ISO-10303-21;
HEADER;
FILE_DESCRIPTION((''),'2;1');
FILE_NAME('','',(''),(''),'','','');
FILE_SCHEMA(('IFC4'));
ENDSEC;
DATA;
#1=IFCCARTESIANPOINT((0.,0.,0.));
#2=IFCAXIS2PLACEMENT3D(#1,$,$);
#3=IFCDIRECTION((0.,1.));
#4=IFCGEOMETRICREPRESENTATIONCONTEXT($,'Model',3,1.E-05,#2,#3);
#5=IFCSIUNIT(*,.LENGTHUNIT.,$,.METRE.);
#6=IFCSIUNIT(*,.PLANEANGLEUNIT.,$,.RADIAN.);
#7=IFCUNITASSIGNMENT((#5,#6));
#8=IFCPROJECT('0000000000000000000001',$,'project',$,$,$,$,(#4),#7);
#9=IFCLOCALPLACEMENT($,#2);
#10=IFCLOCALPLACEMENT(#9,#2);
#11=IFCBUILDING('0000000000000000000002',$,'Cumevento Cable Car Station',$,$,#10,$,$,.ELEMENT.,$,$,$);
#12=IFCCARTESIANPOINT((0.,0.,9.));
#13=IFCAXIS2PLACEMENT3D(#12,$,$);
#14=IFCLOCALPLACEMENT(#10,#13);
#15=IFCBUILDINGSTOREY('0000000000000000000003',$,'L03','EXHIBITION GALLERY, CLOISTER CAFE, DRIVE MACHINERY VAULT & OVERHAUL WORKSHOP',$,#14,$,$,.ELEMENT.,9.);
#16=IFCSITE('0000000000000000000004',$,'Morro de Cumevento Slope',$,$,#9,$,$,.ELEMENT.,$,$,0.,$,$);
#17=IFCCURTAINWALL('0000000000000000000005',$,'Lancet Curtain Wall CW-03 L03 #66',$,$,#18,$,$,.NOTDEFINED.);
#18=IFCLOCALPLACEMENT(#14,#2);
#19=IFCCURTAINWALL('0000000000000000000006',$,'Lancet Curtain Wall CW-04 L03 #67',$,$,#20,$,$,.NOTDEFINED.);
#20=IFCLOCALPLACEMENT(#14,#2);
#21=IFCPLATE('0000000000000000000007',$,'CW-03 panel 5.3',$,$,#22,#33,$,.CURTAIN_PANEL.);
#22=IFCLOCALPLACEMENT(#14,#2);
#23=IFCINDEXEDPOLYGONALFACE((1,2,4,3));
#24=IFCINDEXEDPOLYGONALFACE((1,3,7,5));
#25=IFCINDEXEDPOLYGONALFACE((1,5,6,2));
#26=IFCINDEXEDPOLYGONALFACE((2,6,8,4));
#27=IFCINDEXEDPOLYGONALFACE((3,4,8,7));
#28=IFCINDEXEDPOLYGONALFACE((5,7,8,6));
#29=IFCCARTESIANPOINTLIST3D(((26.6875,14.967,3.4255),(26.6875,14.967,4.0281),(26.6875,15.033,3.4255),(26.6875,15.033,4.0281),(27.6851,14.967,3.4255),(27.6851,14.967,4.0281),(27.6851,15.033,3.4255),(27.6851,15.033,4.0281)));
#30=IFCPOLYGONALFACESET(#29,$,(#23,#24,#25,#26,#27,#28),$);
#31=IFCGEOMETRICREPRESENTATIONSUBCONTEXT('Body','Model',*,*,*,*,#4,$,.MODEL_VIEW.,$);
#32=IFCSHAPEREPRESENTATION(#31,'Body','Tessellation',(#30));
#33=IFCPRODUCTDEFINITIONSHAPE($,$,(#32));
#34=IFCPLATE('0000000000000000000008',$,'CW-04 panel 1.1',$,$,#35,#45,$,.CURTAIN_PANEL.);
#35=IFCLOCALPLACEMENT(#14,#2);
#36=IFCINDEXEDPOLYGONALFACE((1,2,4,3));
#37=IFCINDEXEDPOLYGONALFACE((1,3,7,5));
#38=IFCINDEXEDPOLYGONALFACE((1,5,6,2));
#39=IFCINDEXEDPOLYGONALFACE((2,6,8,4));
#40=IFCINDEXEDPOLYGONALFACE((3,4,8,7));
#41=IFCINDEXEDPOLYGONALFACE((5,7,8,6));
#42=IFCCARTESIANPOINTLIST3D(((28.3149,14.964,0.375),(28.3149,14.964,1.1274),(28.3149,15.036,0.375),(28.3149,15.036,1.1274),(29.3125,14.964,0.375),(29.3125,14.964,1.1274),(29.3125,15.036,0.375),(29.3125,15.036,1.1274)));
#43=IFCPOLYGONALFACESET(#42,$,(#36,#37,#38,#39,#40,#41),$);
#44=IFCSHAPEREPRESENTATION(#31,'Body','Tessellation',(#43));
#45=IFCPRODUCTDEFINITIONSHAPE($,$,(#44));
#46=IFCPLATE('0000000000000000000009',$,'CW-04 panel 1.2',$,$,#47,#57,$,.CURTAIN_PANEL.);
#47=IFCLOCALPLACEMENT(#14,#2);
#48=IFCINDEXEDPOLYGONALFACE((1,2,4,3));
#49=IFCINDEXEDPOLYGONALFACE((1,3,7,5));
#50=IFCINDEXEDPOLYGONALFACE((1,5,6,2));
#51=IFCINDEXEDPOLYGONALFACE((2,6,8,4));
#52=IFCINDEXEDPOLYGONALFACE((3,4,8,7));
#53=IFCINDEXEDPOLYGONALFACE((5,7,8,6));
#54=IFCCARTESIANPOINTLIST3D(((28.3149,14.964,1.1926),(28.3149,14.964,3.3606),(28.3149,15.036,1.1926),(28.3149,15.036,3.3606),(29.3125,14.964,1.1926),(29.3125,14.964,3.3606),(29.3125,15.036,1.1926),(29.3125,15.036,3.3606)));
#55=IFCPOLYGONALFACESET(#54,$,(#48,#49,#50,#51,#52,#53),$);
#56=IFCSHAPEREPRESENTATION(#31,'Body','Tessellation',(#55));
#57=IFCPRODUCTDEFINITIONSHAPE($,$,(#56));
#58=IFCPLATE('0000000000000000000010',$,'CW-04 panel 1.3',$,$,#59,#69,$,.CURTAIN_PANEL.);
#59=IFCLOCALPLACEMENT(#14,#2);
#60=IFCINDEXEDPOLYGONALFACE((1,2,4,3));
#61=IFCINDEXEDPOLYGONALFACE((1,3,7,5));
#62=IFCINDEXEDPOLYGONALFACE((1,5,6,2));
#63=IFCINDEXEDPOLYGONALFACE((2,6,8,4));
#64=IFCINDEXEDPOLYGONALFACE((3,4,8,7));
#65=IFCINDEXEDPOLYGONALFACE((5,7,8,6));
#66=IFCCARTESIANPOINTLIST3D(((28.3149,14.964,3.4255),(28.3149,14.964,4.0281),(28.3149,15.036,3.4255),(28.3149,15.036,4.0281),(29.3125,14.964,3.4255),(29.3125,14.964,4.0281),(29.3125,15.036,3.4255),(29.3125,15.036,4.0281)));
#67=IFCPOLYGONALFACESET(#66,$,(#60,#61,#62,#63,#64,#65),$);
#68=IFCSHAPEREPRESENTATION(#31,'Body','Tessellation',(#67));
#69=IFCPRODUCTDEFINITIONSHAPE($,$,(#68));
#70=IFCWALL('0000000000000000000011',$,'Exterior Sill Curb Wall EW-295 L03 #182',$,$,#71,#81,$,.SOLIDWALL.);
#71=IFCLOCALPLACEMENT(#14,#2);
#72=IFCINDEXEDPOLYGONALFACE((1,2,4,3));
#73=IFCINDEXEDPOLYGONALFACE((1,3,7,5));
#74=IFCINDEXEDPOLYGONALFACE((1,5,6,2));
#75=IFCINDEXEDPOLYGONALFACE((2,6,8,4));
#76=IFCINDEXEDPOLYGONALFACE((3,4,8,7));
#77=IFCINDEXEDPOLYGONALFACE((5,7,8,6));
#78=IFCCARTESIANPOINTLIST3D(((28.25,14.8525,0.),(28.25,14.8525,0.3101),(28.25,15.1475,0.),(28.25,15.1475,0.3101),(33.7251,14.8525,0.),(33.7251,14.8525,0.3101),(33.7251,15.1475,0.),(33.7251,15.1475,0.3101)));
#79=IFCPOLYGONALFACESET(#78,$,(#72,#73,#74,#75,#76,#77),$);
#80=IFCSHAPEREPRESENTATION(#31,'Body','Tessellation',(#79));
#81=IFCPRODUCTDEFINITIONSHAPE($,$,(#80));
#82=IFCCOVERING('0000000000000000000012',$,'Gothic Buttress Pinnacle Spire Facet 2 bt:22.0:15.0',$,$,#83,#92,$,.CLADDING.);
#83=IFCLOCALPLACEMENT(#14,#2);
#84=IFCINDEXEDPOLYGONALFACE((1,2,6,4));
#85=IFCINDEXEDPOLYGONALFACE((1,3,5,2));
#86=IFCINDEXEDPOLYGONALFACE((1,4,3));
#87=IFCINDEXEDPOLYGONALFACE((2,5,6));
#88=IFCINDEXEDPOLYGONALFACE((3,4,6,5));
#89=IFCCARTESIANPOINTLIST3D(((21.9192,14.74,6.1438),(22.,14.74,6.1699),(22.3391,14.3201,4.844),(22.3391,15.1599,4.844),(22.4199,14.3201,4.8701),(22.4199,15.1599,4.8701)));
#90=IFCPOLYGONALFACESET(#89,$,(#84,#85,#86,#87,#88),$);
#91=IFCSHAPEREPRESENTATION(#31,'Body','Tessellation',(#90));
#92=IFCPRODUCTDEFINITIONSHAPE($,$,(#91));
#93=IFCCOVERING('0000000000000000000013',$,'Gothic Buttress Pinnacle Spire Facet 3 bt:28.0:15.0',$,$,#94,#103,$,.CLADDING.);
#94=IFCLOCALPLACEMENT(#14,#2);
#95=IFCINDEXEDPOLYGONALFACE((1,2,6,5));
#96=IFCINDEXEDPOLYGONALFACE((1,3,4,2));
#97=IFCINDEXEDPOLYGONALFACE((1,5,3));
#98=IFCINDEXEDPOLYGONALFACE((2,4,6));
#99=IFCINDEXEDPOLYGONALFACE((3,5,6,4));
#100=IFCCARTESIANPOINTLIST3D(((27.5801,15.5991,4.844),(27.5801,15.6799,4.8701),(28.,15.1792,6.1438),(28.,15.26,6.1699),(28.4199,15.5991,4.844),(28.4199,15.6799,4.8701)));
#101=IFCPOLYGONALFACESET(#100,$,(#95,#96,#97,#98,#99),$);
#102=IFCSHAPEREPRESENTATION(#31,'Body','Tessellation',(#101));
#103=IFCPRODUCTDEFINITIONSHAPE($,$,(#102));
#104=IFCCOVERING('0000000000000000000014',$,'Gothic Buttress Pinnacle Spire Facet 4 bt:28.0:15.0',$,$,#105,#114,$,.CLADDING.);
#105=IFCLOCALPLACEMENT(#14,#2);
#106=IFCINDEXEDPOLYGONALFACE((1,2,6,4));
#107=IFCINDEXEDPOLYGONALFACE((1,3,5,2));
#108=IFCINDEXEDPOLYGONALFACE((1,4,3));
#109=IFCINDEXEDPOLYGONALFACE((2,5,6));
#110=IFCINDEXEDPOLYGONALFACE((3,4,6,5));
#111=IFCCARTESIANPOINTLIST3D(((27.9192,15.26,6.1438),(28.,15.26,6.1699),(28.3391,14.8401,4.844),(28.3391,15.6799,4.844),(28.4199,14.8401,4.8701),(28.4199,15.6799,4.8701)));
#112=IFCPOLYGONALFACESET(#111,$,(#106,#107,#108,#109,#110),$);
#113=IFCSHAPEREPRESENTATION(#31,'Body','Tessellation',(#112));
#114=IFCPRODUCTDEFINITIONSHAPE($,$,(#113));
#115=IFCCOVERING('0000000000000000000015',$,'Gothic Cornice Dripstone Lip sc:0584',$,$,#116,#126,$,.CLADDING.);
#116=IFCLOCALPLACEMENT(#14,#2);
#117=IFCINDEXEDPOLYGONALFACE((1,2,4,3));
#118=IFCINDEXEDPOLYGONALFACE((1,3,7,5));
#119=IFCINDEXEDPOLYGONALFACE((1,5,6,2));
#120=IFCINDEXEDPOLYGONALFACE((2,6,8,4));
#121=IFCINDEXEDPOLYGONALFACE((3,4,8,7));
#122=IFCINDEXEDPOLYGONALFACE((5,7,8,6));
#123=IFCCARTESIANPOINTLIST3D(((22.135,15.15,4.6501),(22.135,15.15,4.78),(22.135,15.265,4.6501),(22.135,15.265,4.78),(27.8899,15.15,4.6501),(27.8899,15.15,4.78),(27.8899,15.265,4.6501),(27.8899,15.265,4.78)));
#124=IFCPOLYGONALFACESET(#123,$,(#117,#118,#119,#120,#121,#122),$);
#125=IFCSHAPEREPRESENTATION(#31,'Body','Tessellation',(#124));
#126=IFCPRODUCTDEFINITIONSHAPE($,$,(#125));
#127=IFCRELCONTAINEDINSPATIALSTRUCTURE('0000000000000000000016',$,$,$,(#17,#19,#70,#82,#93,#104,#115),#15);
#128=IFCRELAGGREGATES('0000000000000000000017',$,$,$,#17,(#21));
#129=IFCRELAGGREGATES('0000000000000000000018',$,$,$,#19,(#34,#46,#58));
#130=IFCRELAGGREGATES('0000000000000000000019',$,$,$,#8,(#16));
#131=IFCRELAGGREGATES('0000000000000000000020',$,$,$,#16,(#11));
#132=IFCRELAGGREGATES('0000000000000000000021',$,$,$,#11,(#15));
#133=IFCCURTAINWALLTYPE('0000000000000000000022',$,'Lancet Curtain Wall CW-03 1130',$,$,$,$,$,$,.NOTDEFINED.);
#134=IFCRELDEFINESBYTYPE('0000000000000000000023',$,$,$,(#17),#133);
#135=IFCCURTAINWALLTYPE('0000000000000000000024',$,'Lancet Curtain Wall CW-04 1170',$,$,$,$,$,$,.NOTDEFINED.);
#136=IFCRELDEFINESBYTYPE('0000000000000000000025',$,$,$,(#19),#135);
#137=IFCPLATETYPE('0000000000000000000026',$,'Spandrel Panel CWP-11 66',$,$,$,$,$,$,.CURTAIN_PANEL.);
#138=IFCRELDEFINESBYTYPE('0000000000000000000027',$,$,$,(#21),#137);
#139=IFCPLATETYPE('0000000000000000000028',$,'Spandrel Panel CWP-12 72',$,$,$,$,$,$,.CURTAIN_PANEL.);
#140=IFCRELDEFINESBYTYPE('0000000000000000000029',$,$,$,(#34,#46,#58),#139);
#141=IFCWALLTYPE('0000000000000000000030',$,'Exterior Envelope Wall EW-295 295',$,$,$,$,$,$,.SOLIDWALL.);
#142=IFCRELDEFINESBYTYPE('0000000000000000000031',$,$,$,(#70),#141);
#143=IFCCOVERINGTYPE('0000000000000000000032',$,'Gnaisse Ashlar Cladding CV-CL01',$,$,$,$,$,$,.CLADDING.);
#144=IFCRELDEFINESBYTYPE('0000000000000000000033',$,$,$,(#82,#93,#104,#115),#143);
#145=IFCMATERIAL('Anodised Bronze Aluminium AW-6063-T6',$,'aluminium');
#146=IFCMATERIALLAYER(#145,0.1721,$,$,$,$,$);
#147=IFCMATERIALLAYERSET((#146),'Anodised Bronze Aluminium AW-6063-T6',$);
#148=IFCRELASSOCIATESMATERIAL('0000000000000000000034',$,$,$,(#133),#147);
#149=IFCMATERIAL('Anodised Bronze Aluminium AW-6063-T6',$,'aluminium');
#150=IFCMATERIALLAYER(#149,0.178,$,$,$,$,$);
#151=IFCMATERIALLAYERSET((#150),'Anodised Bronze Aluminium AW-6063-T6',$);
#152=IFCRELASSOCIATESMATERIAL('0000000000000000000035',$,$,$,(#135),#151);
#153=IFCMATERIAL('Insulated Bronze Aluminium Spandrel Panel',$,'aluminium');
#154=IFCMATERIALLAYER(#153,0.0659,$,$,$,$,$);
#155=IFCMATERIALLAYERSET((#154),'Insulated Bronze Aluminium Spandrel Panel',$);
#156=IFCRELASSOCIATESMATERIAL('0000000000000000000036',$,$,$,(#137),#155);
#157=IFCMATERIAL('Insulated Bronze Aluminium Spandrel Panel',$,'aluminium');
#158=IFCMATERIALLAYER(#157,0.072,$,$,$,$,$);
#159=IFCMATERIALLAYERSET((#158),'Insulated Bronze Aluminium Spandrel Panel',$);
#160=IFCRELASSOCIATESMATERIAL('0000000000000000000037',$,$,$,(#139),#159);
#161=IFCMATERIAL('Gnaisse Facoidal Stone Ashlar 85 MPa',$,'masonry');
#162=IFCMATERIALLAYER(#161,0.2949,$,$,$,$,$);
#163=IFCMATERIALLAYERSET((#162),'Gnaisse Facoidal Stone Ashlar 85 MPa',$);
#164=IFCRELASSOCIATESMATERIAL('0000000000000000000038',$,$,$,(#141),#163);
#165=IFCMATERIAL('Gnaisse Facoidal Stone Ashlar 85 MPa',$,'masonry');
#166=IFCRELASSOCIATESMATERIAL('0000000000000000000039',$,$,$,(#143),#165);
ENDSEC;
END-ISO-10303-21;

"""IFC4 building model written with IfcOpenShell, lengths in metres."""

from ifc_helpers import new_model, si_unit, direction, frame, frame_2d, origin, origin_2d, place, context, subcontext, project, spatial, polyline, rectangle, outline, extrude, material, layer, layer_set, type_object, element, aggregate, save


model = new_model("IFC4")

# Units and contexts
model_context = context("Model", 3, precision=1e-05, world=origin(), true_north=direction((0.0, 1.0)))
body_context = subcontext(model_context, "Body", "Model", "MODEL_VIEW")
ifc_project = project(units=[si_unit("LENGTHUNIT", "METRE"), si_unit("PLANEANGLEUNIT", "RADIAN")], contexts=[model_context])

# Site, building, storey
site_placement = place(None, origin())
site = spatial("IfcSite", under=ifc_project, at=site_placement, Name="Morro de Cumevento Slope", CompositionType="ELEMENT", RefElevation=0.0)
building_placement = place(site_placement, origin())
building = spatial("IfcBuilding", under=site, at=building_placement, Name="Cumevento Cable Car Station", CompositionType="ELEMENT")
storey_placement = place(building_placement, frame((0.0, 0.0, 9.0)))
storey = spatial("IfcBuildingStorey", under=building, at=storey_placement, Name="L03", Description="EXHIBITION GALLERY, CLOISTER CAFE, DRIVE MACHINERY VAULT & OVERHAUL WORKSHOP", CompositionType="ELEMENT", Elevation=9.0)

# Curtain wall
ifc_material_1 = material(Name="Anodised Bronze Aluminium AW-6063-T6", Category="aluminium")
ifc_layer_1 = layer(ifc_material_1, 0.1721)
ifc_layer_set_1 = layer_set([ifc_layer_1], Name="Anodised Bronze Aluminium AW-6063-T6")
curtain_wall_type_1 = type_object("IfcCurtainWallType", Name="Lancet Curtain Wall CW-03 1130", PredefinedType="NOTDEFINED", material=ifc_layer_set_1)
curtain_wall_1_placement = place(storey_placement, origin())
curtain_wall_1 = element("IfcCurtainWall", 1, at=curtain_wall_1_placement, inside=storey, type_object=curtain_wall_type_1, Name="Lancet Curtain Wall CW-03 L03 #66", PredefinedType="NOTDEFINED")

# Curtain wall
ifc_material_2 = material(Name="Anodised Bronze Aluminium AW-6063-T6", Category="aluminium")
ifc_layer_2 = layer(ifc_material_2, 0.178)
ifc_layer_set_2 = layer_set([ifc_layer_2], Name="Anodised Bronze Aluminium AW-6063-T6")
curtain_wall_type_2 = type_object("IfcCurtainWallType", Name="Lancet Curtain Wall CW-04 1170", PredefinedType="NOTDEFINED", material=ifc_layer_set_2)
curtain_wall_2_placement = place(storey_placement, origin())
curtain_wall_2 = element("IfcCurtainWall", 2, at=curtain_wall_2_placement, inside=storey, type_object=curtain_wall_type_2, Name="Lancet Curtain Wall CW-04 L03 #67", PredefinedType="NOTDEFINED")

# Plates
ifc_material_3 = material(Name="Insulated Bronze Aluminium Spandrel Panel", Category="aluminium")
ifc_layer_3 = layer(ifc_material_3, 0.0659)
ifc_layer_set_3 = layer_set([ifc_layer_3], Name="Insulated Bronze Aluminium Spandrel Panel")
plate_type_1 = type_object("IfcPlateType", Name="Spandrel Panel CWP-11 66", PredefinedType="CURTAIN_PANEL", material=ifc_layer_set_3)
plate_1_placement = place(storey_placement, frame((27.1863, 15.0, 3.4255), z_axis=(0.0, 0.0, 1.0), x_axis=(1.0, 0.0, 0.0)))
plate_1 = element("IfcPlate", 3, at=plate_1_placement, type_object=plate_type_1, Name="CW-03 panel 5.3", PredefinedType="CURTAIN_PANEL", context=body_context, shape_type="SweptSolid", body=[
    extrude(rectangle(XDim=0.9976, YDim=0.0659, at=origin_2d()), origin(), (0.0, 0.0, 1.0), 0.6025),
])
aggregate(curtain_wall_1, [plate_1])
ifc_material_4 = material(Name="Insulated Bronze Aluminium Spandrel Panel", Category="aluminium")
ifc_layer_4 = layer(ifc_material_4, 0.072)
ifc_layer_set_4 = layer_set([ifc_layer_4], Name="Insulated Bronze Aluminium Spandrel Panel")
plate_type_2 = type_object("IfcPlateType", Name="Spandrel Panel CWP-12 72", PredefinedType="CURTAIN_PANEL", material=ifc_layer_set_4)
plate_2_placement = place(storey_placement, frame((28.8137, 15.0, 0.375), z_axis=(0.0, 0.0, 1.0), x_axis=(1.0, 0.0, 0.0)))
plate_2 = element("IfcPlate", 4, at=plate_2_placement, type_object=plate_type_2, Name="CW-04 panel 1.1", PredefinedType="CURTAIN_PANEL", context=body_context, shape_type="SweptSolid", body=[
    extrude(rectangle(XDim=0.9976, YDim=0.072, at=origin_2d()), origin(), (0.0, 0.0, 1.0), 0.7524),
])
plate_3_placement = place(storey_placement, frame((28.8137, 15.0, 1.1926), z_axis=(0.0, 0.0, 1.0), x_axis=(1.0, 0.0, 0.0)))
plate_3 = element("IfcPlate", 5, at=plate_3_placement, type_object=plate_type_2, Name="CW-04 panel 1.2", PredefinedType="CURTAIN_PANEL", context=body_context, shape_type="SweptSolid", body=[
    extrude(rectangle(XDim=0.9976, YDim=0.072, at=origin_2d()), origin(), (0.0, 0.0, 1.0), 2.168),
])
plate_4_placement = place(storey_placement, frame((28.8137, 15.0, 3.4255), z_axis=(0.0, 0.0, 1.0), x_axis=(1.0, 0.0, 0.0)))
plate_4 = element("IfcPlate", 6, at=plate_4_placement, type_object=plate_type_2, Name="CW-04 panel 1.3", PredefinedType="CURTAIN_PANEL", context=body_context, shape_type="SweptSolid", body=[
    extrude(rectangle(XDim=0.9976, YDim=0.072, at=origin_2d()), origin(), (0.0, 0.0, 1.0), 0.6025),
])
aggregate(curtain_wall_2, [plate_2, plate_3, plate_4])

# Wall
ifc_material_5 = material(Name="Gnaisse Facoidal Stone Ashlar 85 MPa", Category="masonry")
ifc_layer_5 = layer(ifc_material_5, 0.2949)
ifc_layer_set_5 = layer_set([ifc_layer_5], Name="Gnaisse Facoidal Stone Ashlar 85 MPa")
wall_type = type_object("IfcWallType", Name="Exterior Envelope Wall EW-295 295", PredefinedType="SOLIDWALL", material=ifc_layer_set_5)
wall_placement = place(storey_placement, frame((28.25, 15.0, 0.0), z_axis=(0.0, 0.0, 1.0), x_axis=(1.0, 0.0, 0.0)))
element("IfcWall", 7, at=wall_placement, inside=storey, type_object=wall_type, Name="Exterior Sill Curb Wall EW-295 L03 #182", PredefinedType="SOLIDWALL", context=body_context, shape_type="SweptSolid", body=[
    extrude(rectangle(XDim=5.4751, YDim=0.2949, at=frame_2d((2.7375, 0.0))), origin(), (0.0, 0.0, 1.0), 0.3101),
])

# Coverings
ifc_material_6 = material(Name="Gnaisse Facoidal Stone Ashlar 85 MPa", Category="masonry")
covering_type = type_object("IfcCoveringType", Name="Gnaisse Ashlar Cladding CV-CL01", PredefinedType="CLADDING", material=ifc_material_6)
for number, where, z_axis, x_axis, name in (
    (8, (22.4199, 15.1599, 4.8701), (0.951574, 0.0, 0.307421), (0.0, -1.0, 0.0), "Gothic Buttress Pinnacle Spire Facet 2 bt:22.0:15.0"),
    (9, (27.5801, 15.6799, 4.8701), (0.0, 0.951574, 0.307421), (1.0, 0.0, 0.0), "Gothic Buttress Pinnacle Spire Facet 3 bt:28.0:15.0"),
    (10, (28.4199, 15.6799, 4.8701), (0.951574, 0.0, 0.307421), (0.0, -1.0, 0.0), "Gothic Buttress Pinnacle Spire Facet 4 bt:28.0:15.0"),
):
    element("IfcCovering", number, at=place(storey_placement, frame(where, z_axis=z_axis, x_axis=x_axis)), inside=storey, type_object=covering_type, Name=name, PredefinedType="CLADDING", context=body_context, shape_type="SweptSolid", body=[
        extrude(outline(polyline([(0.0, 0.0), (0.8398, 0.0), (0.4199, -1.366), (0.0, 0.0)])), origin(), (0.0, 0.0, -1.0), 0.085),
    ])
covering_1_placement = place(storey_placement, frame((25.0125, 15.2075, 4.6501), z_axis=(0.0, 0.0, 1.0), x_axis=(1.0, 0.0, 0.0)))
element("IfcCovering", 11, at=covering_1_placement, inside=storey, type_object=covering_type, Name="Gothic Cornice Dripstone Lip sc:0584", PredefinedType="CLADDING", context=body_context, shape_type="SweptSolid", body=[
    extrude(rectangle(XDim=5.7549, YDim=0.115, at=origin_2d()), origin(), (0.0, 0.0, 1.0), 0.1299),
])

save(model, "model.ifc")
